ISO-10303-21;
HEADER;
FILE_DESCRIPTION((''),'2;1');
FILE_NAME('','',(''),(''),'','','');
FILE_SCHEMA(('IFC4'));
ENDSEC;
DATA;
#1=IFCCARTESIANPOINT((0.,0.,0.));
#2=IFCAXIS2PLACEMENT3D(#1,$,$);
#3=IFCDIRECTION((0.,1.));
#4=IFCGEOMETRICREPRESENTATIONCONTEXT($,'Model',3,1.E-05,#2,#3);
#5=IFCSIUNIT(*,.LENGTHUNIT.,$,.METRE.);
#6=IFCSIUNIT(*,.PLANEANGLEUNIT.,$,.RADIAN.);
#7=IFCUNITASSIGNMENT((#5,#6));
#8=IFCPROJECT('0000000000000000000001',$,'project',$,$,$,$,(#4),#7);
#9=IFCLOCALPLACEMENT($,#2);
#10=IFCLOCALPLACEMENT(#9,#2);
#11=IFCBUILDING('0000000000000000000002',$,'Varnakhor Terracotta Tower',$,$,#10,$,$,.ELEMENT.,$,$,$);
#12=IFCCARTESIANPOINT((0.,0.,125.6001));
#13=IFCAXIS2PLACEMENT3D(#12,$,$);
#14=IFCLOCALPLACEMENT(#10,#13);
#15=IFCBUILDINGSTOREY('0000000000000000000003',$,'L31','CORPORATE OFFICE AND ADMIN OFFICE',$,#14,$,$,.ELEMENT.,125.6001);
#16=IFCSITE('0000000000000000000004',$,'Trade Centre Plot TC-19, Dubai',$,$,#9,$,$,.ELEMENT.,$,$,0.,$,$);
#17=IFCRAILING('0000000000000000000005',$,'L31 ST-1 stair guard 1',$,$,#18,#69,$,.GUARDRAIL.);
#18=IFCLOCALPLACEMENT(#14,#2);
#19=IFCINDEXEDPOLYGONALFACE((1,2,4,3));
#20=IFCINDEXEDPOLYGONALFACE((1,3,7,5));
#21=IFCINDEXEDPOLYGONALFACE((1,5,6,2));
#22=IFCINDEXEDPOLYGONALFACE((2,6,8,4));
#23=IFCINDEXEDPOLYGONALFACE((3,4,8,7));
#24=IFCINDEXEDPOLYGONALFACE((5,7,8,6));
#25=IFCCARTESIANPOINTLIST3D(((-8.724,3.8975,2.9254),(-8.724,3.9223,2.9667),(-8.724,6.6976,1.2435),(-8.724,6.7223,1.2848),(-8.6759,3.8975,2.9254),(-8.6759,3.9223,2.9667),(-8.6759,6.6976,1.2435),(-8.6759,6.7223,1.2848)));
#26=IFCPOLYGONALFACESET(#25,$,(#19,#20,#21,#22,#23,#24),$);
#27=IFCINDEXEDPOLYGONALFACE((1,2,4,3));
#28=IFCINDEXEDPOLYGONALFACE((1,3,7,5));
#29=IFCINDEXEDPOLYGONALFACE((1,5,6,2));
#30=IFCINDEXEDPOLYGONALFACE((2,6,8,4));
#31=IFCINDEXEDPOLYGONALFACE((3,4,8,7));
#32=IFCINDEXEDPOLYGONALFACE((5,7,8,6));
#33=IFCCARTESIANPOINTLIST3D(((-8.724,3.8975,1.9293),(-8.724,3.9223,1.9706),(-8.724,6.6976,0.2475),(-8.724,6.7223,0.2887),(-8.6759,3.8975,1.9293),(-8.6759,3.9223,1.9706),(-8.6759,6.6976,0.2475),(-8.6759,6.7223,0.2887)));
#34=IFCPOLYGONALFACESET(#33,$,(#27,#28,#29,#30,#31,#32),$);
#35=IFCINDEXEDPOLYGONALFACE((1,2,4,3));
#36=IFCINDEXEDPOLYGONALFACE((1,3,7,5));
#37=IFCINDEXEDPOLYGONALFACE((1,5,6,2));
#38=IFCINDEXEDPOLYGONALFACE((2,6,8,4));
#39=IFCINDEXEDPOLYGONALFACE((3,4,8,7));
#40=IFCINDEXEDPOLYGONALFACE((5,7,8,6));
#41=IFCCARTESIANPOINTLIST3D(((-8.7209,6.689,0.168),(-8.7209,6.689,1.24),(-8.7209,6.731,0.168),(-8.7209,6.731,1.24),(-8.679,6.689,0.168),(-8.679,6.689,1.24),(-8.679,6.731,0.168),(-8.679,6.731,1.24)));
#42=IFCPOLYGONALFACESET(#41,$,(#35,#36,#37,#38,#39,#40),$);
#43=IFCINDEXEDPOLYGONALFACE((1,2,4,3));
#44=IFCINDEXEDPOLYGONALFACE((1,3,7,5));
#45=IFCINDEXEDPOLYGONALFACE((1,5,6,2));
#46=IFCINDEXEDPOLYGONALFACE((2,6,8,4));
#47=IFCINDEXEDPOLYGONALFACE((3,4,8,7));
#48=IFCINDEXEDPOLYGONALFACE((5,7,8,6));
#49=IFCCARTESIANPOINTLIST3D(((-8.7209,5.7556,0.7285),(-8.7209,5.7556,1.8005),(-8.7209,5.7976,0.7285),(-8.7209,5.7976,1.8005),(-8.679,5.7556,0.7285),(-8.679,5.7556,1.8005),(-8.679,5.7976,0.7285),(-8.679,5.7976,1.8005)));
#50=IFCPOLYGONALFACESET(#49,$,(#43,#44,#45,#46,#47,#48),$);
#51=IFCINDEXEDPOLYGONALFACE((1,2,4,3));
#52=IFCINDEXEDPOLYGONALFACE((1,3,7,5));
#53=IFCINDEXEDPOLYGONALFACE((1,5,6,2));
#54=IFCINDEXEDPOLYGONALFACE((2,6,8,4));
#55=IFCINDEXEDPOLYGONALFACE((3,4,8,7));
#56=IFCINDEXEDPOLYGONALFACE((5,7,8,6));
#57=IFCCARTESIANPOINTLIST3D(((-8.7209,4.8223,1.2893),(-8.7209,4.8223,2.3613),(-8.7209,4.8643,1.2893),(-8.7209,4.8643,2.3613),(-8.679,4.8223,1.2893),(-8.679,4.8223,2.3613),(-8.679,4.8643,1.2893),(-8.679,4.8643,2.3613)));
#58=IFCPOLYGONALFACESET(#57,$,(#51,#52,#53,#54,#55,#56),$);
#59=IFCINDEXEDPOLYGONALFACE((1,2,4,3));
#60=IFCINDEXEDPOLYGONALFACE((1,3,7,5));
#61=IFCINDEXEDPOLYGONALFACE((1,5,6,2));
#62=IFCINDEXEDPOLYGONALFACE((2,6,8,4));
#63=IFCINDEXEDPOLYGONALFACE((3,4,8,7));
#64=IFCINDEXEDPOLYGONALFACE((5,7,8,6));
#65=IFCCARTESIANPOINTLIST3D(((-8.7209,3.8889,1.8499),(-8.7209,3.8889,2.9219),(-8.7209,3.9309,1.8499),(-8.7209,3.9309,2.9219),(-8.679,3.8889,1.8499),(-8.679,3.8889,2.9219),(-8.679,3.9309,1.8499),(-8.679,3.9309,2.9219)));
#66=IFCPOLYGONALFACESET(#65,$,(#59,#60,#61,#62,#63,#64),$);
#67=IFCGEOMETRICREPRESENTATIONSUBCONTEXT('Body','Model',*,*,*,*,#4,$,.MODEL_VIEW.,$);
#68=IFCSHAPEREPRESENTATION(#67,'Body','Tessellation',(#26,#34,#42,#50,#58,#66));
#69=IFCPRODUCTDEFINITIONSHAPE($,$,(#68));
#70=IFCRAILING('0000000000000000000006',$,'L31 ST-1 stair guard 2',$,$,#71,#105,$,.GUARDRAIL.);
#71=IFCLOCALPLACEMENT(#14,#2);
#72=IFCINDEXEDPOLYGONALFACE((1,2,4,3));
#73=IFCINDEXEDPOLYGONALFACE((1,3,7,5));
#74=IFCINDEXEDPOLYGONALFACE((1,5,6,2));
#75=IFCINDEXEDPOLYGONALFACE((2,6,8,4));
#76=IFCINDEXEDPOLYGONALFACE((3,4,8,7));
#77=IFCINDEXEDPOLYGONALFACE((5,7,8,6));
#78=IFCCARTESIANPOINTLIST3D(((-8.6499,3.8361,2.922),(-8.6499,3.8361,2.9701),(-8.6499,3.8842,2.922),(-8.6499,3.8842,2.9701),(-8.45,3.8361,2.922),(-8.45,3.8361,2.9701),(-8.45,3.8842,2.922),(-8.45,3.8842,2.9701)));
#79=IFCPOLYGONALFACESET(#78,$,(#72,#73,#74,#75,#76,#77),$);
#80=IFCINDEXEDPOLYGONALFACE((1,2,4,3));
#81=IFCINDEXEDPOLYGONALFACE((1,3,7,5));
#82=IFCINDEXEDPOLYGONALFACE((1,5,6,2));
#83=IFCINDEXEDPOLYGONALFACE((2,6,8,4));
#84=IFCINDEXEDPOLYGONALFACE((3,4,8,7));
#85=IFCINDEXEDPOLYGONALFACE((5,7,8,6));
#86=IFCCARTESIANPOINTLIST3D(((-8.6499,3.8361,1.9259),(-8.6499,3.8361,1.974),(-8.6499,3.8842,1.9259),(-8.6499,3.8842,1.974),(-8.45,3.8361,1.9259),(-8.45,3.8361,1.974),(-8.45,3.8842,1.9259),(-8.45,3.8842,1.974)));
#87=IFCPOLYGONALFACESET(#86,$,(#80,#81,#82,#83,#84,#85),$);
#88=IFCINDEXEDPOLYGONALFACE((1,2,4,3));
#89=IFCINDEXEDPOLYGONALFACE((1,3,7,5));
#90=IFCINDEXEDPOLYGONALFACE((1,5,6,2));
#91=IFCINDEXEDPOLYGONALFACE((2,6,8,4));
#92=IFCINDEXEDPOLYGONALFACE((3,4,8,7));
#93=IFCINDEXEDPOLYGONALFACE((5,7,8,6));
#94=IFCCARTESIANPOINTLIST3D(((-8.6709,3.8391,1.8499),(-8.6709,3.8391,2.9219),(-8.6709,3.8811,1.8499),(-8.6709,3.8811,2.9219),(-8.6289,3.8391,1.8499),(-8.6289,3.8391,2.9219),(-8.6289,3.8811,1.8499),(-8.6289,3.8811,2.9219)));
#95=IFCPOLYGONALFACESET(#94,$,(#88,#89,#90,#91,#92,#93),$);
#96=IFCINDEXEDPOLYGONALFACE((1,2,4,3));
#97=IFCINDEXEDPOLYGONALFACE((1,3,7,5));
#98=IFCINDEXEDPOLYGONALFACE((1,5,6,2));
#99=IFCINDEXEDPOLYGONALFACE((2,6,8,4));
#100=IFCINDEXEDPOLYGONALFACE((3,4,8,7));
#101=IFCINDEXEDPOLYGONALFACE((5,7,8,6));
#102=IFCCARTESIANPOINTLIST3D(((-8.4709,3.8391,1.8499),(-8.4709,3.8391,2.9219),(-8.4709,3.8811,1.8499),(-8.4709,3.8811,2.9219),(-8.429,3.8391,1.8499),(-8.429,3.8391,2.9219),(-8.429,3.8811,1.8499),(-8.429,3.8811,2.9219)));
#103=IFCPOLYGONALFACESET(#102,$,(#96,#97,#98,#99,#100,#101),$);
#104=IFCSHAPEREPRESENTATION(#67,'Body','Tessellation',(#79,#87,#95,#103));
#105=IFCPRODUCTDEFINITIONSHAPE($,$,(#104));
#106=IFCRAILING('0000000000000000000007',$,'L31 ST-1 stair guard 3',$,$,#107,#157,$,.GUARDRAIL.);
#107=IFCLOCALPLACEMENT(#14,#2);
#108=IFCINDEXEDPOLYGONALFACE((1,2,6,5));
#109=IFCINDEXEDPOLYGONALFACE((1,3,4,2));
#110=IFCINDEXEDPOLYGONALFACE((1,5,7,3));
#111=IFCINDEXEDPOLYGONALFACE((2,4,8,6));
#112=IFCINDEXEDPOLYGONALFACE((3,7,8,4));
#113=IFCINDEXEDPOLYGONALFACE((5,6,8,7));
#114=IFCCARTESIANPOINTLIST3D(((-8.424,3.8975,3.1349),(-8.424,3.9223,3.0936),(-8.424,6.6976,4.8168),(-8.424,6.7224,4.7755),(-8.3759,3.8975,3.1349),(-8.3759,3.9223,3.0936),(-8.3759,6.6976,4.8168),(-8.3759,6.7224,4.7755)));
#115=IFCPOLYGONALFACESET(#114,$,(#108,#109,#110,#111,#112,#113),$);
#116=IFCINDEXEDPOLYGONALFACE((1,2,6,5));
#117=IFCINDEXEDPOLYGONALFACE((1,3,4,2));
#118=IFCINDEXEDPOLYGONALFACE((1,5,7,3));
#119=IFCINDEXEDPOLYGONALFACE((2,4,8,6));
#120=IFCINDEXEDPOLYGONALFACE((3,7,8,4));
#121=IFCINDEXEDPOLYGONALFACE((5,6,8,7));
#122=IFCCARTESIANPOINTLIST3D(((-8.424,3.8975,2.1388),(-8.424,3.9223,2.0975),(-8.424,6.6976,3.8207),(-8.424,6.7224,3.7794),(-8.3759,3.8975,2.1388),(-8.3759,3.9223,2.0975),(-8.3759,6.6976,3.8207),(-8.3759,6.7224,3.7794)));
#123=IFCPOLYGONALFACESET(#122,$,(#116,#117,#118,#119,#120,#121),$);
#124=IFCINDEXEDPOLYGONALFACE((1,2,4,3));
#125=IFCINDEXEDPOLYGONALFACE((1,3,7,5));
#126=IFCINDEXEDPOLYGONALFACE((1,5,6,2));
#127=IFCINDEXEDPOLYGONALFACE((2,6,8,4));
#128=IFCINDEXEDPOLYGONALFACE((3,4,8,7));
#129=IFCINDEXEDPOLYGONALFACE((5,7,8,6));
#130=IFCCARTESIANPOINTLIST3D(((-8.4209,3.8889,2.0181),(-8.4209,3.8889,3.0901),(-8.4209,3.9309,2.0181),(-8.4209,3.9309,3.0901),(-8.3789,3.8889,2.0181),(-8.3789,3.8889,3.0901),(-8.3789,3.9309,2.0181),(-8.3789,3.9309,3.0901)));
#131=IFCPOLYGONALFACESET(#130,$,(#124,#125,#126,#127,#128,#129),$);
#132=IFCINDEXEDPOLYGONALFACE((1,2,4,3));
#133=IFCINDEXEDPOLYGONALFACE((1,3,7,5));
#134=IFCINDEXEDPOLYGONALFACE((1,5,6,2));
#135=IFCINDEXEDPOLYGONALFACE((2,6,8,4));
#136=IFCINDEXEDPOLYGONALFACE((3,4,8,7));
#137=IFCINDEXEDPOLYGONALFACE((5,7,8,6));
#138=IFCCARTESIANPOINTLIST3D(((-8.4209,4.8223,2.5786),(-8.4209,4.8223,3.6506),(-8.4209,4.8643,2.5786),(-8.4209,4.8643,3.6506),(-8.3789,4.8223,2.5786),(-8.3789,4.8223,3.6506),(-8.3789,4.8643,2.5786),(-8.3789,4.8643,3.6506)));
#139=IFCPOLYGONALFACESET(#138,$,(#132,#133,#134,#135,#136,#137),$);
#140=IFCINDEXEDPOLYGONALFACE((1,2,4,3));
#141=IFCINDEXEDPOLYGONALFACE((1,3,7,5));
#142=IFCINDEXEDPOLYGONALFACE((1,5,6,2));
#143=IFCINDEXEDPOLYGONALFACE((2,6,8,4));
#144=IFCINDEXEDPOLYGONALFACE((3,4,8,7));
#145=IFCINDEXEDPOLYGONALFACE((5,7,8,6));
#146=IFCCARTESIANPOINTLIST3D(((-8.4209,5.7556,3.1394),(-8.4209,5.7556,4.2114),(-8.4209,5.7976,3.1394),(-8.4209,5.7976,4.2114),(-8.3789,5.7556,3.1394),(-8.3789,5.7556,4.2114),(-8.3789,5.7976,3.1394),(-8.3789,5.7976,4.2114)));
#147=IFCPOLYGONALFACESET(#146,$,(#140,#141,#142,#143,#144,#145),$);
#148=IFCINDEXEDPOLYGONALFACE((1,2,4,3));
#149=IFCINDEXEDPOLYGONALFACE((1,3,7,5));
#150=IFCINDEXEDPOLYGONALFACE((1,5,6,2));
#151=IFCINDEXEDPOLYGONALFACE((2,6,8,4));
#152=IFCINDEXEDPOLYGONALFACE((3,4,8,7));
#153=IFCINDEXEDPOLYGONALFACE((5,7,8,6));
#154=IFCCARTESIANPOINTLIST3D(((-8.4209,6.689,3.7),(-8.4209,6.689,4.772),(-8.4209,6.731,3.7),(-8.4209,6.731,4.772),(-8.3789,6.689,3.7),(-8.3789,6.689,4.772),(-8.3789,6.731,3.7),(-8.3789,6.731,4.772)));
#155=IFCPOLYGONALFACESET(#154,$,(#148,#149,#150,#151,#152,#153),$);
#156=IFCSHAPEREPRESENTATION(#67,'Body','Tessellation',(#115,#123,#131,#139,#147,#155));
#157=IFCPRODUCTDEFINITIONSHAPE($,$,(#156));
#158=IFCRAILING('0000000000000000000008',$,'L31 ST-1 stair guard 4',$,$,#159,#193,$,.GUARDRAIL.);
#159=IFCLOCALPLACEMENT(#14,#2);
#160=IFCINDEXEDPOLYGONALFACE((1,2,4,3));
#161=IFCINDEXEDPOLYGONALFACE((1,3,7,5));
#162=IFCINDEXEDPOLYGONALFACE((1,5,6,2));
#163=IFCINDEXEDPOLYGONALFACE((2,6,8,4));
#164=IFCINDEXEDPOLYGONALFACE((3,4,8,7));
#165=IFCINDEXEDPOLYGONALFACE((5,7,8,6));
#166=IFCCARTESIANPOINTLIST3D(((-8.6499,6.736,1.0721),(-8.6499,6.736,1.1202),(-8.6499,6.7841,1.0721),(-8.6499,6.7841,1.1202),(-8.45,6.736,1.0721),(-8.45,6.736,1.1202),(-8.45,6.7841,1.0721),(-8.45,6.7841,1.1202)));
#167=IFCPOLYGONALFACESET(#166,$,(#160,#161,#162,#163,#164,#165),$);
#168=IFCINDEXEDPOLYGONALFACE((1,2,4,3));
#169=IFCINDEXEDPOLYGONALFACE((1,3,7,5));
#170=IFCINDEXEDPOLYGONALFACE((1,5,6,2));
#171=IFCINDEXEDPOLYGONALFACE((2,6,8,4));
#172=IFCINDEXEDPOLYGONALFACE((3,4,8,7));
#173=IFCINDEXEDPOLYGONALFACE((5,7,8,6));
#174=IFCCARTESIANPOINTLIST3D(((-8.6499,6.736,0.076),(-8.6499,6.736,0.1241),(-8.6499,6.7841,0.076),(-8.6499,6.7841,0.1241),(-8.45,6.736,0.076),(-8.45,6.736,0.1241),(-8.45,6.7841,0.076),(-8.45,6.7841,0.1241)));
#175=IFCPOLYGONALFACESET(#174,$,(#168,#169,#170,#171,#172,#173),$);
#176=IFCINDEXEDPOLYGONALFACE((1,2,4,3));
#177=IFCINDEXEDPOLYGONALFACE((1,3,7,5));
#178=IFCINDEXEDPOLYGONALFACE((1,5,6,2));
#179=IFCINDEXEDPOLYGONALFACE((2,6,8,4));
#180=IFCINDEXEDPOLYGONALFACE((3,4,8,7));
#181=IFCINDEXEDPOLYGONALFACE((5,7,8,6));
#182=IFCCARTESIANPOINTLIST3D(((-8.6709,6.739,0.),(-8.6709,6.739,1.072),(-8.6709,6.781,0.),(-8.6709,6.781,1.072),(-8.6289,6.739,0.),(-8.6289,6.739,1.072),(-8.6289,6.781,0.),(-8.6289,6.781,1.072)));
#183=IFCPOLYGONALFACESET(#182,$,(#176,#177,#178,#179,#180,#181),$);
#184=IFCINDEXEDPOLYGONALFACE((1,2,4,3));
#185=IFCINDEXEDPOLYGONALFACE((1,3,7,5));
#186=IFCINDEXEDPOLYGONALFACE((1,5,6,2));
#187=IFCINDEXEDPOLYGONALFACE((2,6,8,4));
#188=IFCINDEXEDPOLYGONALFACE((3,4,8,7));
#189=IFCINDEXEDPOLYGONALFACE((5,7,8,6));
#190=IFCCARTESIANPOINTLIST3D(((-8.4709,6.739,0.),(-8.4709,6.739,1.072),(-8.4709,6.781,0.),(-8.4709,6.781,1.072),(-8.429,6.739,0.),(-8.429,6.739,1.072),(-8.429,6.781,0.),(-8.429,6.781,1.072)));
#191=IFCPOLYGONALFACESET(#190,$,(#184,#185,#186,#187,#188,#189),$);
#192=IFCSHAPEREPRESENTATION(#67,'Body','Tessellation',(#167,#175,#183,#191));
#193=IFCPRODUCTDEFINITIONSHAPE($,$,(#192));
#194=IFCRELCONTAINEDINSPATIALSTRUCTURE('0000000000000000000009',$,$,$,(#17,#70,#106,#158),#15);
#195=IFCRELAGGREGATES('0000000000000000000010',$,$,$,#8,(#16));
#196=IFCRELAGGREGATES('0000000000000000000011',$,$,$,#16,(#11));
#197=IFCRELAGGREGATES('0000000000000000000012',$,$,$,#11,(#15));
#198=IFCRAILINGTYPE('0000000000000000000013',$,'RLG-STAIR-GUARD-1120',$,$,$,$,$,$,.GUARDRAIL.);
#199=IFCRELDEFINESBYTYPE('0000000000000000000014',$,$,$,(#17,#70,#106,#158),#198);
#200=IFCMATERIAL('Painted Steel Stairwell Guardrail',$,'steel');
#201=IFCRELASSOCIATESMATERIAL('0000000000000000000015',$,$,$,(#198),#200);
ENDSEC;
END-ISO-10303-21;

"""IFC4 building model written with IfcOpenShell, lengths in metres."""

from ifc_helpers import new_model, si_unit, direction, frame, origin, origin_2d, place, context, subcontext, project, spatial, rectangle, extrude, material, type_object, element, save


model = new_model("IFC4")

# Units and contexts
model_context = context("Model", 3, precision=1e-05, world=origin(), true_north=direction((0.0, 1.0)))
body_context = subcontext(model_context, "Body", "Model", "MODEL_VIEW")
ifc_project = project(units=[si_unit("LENGTHUNIT", "METRE"), si_unit("PLANEANGLEUNIT", "RADIAN")], contexts=[model_context])

# Site, building, storey
site_placement = place(None, origin())
site = spatial("IfcSite", under=ifc_project, at=site_placement, Name="Trade Centre Plot TC-19, Dubai", CompositionType="ELEMENT", RefElevation=0.0)
building_placement = place(site_placement, origin())
building = spatial("IfcBuilding", under=site, at=building_placement, Name="Varnakhor Terracotta Tower", CompositionType="ELEMENT")
storey_placement = place(building_placement, frame((0.0, 0.0, 125.6001)))
storey = spatial("IfcBuildingStorey", under=building, at=storey_placement, Name="L31", Description="CORPORATE OFFICE AND ADMIN OFFICE", CompositionType="ELEMENT", Elevation=125.6001)

# Railings
ifc_material_1 = material(Name="Painted Steel Stairwell Guardrail", Category="steel")
railing_type_1 = type_object("IfcRailingType", Name="RLG-STAIR-GUARD-1120", PredefinedType="GUARDRAIL", material=ifc_material_1)
railing_1_placement = place(storey_placement, frame((-8.7, 6.71, 0.168)))
element("IfcRailing", 1, at=railing_1_placement, inside=storey, type_object=railing_type_1, Name="L31 ST-1 stair guard 1", PredefinedType="GUARDRAIL", context=body_context, shape_type="SweptSolid", body=[
    extrude(rectangle(XDim=0.0481, YDim=0.0481, at=origin_2d()), frame((0.0, 0.0, 1.0962), z_axis=(0.0, -0.857242, 0.514913), x_axis=(1.0, 0.0, 0.0)), (0.0, 0.0, 1.0), 3.2664),
    extrude(rectangle(XDim=0.0481, YDim=0.0481, at=origin_2d()), frame((0.0, 0.0, 0.1001), z_axis=(0.0, -0.857242, 0.514913), x_axis=(1.0, 0.0, 0.0)), (0.0, 0.0, 1.0), 3.2664),
    extrude(rectangle(XDim=0.042, YDim=0.042, at=origin_2d()), origin(), (0.0, 0.0, 1.0), 1.072),
    extrude(rectangle(XDim=0.042, YDim=0.042, at=origin_2d()), frame((0.0, -0.9333, 0.5605)), (0.0, 0.0, 1.0), 1.072),
    extrude(rectangle(XDim=0.042, YDim=0.042, at=origin_2d()), frame((0.0, -1.8667, 1.1213)), (0.0, 0.0, 1.0), 1.072),
    extrude(rectangle(XDim=0.042, YDim=0.042, at=origin_2d()), frame((0.0, -2.8, 1.6819)), (0.0, 0.0, 1.0), 1.072),
])
railing_2_placement = place(storey_placement, frame((-8.6499, 3.8601, 1.8499)))
element("IfcRailing", 2, at=railing_2_placement, inside=storey, type_object=railing_type_1, Name="L31 ST-1 stair guard 2", PredefinedType="GUARDRAIL", context=body_context, shape_type="SweptSolid", body=[
    extrude(rectangle(XDim=0.0481, YDim=0.0481, at=origin_2d()), frame((0.0, 0.0, 1.0962), z_axis=(1.0, 0.0, 0.0), x_axis=(0.0, 1.0, 0.0)), (0.0, 0.0, 1.0), 0.2),
    extrude(rectangle(XDim=0.0481, YDim=0.0481, at=origin_2d()), frame((0.0, 0.0, 0.1001), z_axis=(1.0, 0.0, 0.0), x_axis=(0.0, 1.0, 0.0)), (0.0, 0.0, 1.0), 0.2),
    extrude(rectangle(XDim=0.042, YDim=0.042, at=origin_2d()), origin(), (0.0, 0.0, 1.0), 1.072),
    extrude(rectangle(XDim=0.042, YDim=0.042, at=origin_2d()), frame((0.2, 0.0, 0.0)), (0.0, 0.0, 1.0), 1.072),
])
railing_3_placement = place(storey_placement, frame((-8.3999, 3.9099, 2.0181)))
element("IfcRailing", 3, at=railing_3_placement, inside=storey, type_object=railing_type_1, Name="L31 ST-1 stair guard 3", PredefinedType="GUARDRAIL", context=body_context, shape_type="SweptSolid", body=[
    extrude(rectangle(XDim=0.0481, YDim=0.0481, at=origin_2d()), frame((0.0, 0.0, 1.0962), z_axis=(0.0, 0.857242, 0.514913), x_axis=(-1.0, 0.0, 0.0)), (0.0, 0.0, 1.0), 3.2664),
    extrude(rectangle(XDim=0.0481, YDim=0.0481, at=origin_2d()), frame((0.0, 0.0, 0.1001), z_axis=(0.0, 0.857242, 0.514913), x_axis=(-1.0, 0.0, 0.0)), (0.0, 0.0, 1.0), 3.2664),
    extrude(rectangle(XDim=0.042, YDim=0.042, at=origin_2d()), origin(), (0.0, 0.0, 1.0), 1.072),
    extrude(rectangle(XDim=0.042, YDim=0.042, at=origin_2d()), frame((0.0, 0.9333, 0.5605)), (0.0, 0.0, 1.0), 1.072),
    extrude(rectangle(XDim=0.042, YDim=0.042, at=origin_2d()), frame((0.0, 1.8667, 1.1213)), (0.0, 0.0, 1.0), 1.072),
    extrude(rectangle(XDim=0.042, YDim=0.042, at=origin_2d()), frame((0.0, 2.8, 1.6819)), (0.0, 0.0, 1.0), 1.072),
])
railing_4_placement = place(storey_placement, frame((-8.6499, 6.76, 0.0)))
element("IfcRailing", 4, at=railing_4_placement, inside=storey, type_object=railing_type_1, Name="L31 ST-1 stair guard 4", PredefinedType="GUARDRAIL", context=body_context, shape_type="SweptSolid", body=[
    extrude(rectangle(XDim=0.0481, YDim=0.0481, at=origin_2d()), frame((0.0, 0.0, 1.0962), z_axis=(1.0, 0.0, 0.0), x_axis=(0.0, 1.0, 0.0)), (0.0, 0.0, 1.0), 0.2),
    extrude(rectangle(XDim=0.0481, YDim=0.0481, at=origin_2d()), frame((0.0, 0.0, 0.1001), z_axis=(1.0, 0.0, 0.0), x_axis=(0.0, 1.0, 0.0)), (0.0, 0.0, 1.0), 0.2),
    extrude(rectangle(XDim=0.042, YDim=0.042, at=origin_2d()), origin(), (0.0, 0.0, 1.0), 1.072),
    extrude(rectangle(XDim=0.042, YDim=0.042, at=origin_2d()), frame((0.2, 0.0, 0.0)), (0.0, 0.0, 1.0), 1.072),
])

save(model, "model.ifc")
